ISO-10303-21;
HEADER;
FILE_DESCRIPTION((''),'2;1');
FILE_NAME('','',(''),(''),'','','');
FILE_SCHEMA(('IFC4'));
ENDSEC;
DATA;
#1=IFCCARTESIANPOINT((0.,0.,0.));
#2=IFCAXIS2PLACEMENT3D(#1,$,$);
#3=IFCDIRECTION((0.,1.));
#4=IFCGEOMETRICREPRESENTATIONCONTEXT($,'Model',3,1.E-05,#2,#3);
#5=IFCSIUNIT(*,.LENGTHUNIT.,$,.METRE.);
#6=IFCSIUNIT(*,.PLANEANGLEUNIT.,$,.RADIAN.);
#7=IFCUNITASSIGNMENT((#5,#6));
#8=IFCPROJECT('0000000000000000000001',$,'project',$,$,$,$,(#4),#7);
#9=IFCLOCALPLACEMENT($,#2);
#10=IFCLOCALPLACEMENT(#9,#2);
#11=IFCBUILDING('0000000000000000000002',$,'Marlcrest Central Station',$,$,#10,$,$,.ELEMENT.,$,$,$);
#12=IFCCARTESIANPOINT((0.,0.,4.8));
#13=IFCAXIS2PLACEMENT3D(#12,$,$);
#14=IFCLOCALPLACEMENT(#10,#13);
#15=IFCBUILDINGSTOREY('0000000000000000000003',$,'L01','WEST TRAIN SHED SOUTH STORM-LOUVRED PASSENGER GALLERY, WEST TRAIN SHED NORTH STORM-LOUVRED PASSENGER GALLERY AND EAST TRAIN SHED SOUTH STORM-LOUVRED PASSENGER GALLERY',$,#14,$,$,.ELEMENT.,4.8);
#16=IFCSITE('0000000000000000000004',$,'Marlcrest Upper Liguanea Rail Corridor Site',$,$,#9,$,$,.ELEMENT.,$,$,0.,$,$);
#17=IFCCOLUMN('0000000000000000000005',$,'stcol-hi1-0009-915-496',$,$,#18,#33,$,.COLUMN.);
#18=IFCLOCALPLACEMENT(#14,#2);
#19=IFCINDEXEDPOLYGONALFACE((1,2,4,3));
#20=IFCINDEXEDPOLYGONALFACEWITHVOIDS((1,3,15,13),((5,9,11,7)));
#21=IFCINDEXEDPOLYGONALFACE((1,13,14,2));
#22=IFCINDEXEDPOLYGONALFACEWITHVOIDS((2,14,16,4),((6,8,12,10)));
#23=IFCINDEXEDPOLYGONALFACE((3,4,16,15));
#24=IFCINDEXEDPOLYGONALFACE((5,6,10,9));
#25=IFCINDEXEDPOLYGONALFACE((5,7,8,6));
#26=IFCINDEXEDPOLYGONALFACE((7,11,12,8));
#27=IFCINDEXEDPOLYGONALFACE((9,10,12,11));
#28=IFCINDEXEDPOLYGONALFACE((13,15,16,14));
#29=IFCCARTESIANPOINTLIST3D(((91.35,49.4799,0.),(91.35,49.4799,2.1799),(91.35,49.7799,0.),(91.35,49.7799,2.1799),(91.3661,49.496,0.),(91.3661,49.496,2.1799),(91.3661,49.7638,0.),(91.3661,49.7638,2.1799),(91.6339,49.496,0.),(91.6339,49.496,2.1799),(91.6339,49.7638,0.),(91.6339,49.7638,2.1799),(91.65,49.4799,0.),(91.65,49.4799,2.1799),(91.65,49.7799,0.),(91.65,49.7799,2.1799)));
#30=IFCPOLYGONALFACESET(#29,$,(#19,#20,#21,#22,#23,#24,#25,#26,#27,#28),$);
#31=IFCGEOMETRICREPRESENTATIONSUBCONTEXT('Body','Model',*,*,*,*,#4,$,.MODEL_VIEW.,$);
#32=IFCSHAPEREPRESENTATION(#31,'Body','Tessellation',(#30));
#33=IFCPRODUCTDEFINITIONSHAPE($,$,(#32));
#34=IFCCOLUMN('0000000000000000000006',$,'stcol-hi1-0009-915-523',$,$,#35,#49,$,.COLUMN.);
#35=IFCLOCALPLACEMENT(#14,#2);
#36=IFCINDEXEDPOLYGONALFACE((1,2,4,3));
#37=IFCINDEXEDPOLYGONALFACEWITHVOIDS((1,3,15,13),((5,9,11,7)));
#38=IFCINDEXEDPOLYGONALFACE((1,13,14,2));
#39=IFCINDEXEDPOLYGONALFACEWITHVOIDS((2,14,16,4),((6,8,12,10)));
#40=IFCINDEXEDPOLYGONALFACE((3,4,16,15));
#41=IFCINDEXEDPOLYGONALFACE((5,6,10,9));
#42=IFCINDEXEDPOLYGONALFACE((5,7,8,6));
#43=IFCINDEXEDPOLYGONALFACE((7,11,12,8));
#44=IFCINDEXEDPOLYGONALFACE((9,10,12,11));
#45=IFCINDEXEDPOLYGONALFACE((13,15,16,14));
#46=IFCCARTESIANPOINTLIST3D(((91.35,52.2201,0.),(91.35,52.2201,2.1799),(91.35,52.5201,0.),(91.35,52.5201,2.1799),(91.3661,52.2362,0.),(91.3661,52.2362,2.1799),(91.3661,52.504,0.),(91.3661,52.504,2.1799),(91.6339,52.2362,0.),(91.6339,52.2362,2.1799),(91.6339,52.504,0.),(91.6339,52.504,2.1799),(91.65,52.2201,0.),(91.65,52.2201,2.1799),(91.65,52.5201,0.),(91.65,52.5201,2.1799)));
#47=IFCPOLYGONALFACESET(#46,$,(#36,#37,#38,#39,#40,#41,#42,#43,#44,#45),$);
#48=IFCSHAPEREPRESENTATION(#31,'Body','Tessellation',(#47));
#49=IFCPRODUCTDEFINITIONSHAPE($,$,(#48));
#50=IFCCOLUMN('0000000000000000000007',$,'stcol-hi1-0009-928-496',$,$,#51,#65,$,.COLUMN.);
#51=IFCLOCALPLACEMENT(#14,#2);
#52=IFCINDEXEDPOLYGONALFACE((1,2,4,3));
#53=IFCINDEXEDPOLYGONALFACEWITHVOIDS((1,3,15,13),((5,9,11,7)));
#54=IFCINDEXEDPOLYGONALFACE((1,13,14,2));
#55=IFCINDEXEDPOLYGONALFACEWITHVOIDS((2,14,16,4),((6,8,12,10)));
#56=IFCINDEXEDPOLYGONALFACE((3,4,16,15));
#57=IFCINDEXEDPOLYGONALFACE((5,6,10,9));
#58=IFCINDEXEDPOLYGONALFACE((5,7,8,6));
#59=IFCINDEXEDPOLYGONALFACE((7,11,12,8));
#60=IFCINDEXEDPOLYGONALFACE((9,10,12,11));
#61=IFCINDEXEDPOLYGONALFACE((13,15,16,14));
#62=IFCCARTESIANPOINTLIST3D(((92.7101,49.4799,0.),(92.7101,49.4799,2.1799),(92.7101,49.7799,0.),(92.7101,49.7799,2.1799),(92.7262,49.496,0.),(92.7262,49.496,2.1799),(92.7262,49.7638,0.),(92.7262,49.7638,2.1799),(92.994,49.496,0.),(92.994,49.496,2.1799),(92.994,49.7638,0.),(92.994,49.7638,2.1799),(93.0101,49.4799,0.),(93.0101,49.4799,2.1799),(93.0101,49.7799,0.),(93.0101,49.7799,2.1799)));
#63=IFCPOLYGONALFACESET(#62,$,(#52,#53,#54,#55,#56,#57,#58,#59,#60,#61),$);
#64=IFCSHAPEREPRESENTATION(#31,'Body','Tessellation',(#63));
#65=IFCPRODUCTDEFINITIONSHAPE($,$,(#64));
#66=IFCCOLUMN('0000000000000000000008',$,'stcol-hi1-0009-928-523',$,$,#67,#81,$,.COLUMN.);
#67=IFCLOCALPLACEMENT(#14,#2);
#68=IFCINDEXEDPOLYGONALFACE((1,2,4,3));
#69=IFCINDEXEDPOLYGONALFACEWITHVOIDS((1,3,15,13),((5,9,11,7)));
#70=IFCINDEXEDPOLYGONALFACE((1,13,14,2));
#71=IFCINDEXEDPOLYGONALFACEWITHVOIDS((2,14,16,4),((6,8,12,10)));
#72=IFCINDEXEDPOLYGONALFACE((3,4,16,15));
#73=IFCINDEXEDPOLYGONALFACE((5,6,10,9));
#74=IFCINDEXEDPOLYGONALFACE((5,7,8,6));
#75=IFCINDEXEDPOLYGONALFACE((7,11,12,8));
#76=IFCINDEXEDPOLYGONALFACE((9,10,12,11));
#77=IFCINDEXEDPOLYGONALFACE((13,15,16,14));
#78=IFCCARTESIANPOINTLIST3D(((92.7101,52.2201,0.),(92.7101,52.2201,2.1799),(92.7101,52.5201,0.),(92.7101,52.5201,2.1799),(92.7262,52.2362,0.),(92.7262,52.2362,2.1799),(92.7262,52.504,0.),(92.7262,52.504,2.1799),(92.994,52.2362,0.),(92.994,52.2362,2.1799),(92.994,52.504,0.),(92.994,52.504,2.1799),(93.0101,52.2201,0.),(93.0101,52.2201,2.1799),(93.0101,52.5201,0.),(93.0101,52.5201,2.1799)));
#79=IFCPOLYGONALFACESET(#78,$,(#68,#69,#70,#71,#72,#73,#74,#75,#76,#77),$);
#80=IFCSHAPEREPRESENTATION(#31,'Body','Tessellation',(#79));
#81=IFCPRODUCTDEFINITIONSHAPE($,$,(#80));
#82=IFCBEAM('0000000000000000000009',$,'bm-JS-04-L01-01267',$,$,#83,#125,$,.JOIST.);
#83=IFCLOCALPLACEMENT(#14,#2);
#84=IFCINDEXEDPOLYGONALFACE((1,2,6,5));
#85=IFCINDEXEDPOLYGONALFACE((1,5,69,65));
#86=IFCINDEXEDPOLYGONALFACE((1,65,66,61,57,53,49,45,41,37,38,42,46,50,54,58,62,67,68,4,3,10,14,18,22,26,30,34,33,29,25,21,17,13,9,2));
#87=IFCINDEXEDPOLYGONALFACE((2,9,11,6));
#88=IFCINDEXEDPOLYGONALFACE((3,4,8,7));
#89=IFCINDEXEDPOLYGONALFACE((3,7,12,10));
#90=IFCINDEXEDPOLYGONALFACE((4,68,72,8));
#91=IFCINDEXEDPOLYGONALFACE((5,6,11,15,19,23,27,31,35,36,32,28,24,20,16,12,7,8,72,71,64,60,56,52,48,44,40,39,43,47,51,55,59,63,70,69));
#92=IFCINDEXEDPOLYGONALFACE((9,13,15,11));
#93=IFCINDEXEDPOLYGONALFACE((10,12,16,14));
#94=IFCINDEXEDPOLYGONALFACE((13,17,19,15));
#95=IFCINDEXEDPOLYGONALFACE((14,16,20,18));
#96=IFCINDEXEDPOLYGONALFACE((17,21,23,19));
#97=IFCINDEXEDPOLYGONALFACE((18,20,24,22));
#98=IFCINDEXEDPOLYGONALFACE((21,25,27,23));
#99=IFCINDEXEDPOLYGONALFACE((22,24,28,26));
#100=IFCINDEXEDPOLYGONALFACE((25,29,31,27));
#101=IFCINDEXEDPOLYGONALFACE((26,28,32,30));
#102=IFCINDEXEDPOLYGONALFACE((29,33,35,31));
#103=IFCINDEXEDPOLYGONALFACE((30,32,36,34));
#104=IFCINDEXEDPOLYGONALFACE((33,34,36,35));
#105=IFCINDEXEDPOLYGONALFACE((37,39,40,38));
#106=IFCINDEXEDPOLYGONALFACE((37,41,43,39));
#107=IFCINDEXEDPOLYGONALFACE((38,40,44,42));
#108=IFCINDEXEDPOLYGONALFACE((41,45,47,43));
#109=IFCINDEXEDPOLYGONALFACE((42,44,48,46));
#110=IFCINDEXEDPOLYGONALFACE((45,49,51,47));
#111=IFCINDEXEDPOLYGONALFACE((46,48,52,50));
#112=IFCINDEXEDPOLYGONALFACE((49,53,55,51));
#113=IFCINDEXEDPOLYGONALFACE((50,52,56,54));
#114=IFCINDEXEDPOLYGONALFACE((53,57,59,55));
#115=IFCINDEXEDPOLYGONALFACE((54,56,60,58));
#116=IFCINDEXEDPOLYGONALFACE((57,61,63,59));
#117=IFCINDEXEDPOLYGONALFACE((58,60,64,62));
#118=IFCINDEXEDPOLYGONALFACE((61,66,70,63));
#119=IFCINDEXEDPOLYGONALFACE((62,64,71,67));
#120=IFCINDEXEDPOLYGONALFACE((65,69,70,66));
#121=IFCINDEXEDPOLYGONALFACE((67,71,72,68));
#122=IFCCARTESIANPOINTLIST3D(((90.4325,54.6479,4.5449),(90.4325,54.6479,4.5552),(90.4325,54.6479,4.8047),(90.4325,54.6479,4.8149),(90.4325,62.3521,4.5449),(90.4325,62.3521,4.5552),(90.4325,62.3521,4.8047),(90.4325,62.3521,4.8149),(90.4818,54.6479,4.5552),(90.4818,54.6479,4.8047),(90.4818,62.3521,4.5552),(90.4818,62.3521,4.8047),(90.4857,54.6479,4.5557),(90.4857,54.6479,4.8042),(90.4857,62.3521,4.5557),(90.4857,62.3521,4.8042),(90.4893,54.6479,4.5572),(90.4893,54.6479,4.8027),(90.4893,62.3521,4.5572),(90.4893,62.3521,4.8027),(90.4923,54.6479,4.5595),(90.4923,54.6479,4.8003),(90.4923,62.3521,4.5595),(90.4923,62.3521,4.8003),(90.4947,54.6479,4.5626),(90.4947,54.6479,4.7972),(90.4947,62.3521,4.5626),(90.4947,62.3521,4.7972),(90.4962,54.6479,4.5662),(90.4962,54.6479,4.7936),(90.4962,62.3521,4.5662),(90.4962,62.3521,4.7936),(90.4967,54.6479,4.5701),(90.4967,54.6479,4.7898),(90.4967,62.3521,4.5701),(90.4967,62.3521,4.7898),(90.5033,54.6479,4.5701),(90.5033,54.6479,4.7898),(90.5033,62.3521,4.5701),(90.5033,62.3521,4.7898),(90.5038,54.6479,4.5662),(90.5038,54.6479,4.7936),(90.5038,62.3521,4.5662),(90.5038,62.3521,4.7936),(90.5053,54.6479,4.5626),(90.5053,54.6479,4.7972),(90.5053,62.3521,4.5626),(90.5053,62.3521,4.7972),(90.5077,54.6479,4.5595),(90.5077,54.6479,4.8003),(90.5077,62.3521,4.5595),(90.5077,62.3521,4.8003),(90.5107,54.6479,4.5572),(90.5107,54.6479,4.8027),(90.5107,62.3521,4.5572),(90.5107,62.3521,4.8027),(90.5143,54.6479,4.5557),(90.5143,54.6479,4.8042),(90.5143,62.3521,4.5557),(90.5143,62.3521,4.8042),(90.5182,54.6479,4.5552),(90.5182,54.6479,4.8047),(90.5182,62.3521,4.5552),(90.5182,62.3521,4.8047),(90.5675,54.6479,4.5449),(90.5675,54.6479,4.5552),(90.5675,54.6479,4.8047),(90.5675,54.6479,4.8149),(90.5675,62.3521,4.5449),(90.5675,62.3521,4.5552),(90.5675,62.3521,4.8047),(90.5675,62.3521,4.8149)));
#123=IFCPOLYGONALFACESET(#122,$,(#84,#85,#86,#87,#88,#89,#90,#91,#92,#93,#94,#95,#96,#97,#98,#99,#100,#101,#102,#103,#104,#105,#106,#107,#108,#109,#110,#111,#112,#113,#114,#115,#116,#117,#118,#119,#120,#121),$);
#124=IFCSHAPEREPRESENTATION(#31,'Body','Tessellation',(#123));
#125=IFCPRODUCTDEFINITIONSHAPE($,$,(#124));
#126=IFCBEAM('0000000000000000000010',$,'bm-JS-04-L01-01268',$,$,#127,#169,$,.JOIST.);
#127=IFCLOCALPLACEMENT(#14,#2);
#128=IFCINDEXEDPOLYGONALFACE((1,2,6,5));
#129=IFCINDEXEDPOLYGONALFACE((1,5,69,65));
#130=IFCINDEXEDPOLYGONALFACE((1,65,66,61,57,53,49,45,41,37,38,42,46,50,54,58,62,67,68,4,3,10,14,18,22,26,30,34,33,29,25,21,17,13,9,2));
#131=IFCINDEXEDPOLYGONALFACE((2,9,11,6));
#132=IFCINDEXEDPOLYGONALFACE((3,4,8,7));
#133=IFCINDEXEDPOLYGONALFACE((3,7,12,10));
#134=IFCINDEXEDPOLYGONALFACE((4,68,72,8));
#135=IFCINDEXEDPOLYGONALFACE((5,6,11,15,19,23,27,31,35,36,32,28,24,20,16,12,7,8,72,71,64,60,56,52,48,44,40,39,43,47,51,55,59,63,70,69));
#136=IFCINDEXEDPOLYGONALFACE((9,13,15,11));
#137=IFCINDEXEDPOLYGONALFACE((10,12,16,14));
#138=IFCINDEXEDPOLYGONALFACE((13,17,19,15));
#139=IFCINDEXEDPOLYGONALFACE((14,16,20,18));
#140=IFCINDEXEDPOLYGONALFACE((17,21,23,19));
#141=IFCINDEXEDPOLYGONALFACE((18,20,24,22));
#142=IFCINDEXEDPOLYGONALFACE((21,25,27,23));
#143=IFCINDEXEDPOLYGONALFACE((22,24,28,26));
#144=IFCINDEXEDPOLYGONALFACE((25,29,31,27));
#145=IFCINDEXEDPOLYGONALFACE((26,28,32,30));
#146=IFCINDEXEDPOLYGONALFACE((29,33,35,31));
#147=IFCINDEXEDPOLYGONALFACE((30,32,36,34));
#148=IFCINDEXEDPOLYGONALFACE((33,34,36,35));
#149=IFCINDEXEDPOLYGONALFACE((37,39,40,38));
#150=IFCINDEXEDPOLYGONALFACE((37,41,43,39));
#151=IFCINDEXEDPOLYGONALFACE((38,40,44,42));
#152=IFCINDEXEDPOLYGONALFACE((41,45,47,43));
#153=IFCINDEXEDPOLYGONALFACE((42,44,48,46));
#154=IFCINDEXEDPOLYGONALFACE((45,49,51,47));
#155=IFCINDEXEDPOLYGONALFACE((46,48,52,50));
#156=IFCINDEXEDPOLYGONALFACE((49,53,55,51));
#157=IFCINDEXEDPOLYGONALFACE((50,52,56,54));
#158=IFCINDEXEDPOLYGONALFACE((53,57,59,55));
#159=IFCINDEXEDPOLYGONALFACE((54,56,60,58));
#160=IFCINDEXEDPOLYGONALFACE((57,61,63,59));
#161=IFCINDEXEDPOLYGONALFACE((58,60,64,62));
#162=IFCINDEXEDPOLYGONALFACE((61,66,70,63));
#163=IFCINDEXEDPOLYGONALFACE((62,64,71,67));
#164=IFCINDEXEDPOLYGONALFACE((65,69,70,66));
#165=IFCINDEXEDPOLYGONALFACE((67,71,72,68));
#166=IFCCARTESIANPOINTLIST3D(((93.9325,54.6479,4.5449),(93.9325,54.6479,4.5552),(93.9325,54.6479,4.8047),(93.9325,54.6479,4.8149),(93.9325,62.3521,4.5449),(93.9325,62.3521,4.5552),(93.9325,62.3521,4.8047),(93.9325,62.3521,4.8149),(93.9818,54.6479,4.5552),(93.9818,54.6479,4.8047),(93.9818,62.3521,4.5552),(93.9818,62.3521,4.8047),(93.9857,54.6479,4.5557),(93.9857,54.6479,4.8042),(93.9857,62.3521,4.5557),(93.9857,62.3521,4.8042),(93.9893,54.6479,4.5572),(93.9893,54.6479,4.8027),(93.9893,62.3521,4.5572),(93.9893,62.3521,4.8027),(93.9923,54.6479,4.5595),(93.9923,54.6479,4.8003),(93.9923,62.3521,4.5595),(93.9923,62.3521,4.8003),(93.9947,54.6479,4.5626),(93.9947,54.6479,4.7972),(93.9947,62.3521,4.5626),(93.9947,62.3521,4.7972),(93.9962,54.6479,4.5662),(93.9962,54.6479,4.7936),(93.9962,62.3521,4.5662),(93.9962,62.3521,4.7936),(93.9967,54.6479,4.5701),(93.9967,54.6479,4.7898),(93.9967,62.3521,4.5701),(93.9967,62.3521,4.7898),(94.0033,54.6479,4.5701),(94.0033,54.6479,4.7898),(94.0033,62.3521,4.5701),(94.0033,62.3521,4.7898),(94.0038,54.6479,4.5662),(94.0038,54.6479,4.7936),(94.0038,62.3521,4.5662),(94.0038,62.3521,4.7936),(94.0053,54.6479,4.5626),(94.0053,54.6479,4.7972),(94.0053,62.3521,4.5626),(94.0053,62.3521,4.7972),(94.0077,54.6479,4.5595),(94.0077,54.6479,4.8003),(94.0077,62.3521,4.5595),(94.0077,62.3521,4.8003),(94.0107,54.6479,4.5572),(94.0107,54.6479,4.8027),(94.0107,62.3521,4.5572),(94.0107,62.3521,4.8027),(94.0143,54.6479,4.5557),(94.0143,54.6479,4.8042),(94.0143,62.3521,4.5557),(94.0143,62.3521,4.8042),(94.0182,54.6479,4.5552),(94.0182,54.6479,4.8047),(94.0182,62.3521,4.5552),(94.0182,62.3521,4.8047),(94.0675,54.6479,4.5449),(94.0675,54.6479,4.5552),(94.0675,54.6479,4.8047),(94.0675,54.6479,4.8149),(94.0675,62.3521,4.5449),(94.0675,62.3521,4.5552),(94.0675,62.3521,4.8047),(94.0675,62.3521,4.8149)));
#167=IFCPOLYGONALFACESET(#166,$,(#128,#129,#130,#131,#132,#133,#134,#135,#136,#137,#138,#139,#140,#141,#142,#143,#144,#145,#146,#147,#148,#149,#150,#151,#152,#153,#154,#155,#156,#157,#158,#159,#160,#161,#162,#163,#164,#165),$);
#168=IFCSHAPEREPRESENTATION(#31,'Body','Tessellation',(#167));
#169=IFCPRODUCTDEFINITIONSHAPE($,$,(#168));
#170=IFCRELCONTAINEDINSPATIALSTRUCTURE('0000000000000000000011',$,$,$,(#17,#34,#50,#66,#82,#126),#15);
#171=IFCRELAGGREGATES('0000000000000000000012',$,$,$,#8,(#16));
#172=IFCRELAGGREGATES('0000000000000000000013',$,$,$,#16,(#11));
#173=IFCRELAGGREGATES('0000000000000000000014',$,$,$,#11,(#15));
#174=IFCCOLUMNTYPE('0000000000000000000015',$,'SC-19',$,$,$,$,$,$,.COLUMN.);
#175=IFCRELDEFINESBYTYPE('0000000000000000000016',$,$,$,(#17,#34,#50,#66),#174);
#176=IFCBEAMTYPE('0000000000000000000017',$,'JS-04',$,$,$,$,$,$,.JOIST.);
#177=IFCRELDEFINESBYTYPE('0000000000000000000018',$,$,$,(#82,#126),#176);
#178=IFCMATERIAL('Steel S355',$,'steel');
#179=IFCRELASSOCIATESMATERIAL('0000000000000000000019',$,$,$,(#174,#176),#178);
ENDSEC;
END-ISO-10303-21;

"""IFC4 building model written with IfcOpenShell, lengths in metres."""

from ifc_helpers import new_model, si_unit, direction, frame, origin, origin_2d, place, context, subcontext, project, spatial, hollow_rectangle, i_section, extrude, material, material_profile, profile_set, type_object, element, save


model = new_model("IFC4")

# Units and contexts
model_context = context("Model", 3, precision=1e-05, world=origin(), true_north=direction((0.0, 1.0)))
body_context = subcontext(model_context, "Body", "Model", "MODEL_VIEW")
ifc_project = project(units=[si_unit("LENGTHUNIT", "METRE"), si_unit("PLANEANGLEUNIT", "RADIAN")], contexts=[model_context])

# Site, building, storey
site_placement = place(None, origin())
site = spatial("IfcSite", under=ifc_project, at=site_placement, Name="Marlcrest Upper Liguanea Rail Corridor Site", CompositionType="ELEMENT", RefElevation=0.0)
building_placement = place(site_placement, origin())
building = spatial("IfcBuilding", under=site, at=building_placement, Name="Marlcrest Central Station", CompositionType="ELEMENT")
storey_placement = place(building_placement, frame((0.0, 0.0, 4.8)))
storey = spatial("IfcBuildingStorey", under=building, at=storey_placement, Name="L01", Description="WEST TRAIN SHED SOUTH STORM-LOUVRED PASSENGER GALLERY, WEST TRAIN SHED NORTH STORM-LOUVRED PASSENGER GALLERY AND EAST TRAIN SHED SOUTH STORM-LOUVRED PASSENGER GALLERY", CompositionType="ELEMENT", Elevation=4.8)

# Columns
ifc_material_1 = material(Name="Steel S355", Category="steel")
ifc_material_profile_1 = material_profile(ifc_material_1, hollow_rectangle(XDim=0.3, YDim=0.3, WallThickness=0.0161, at=origin_2d()), Name="SHS 300x300x16")
ifc_profile_set_1 = profile_set([ifc_material_profile_1], Name="Steel S355")
column_type = type_object("IfcColumnType", Name="SC-19", PredefinedType="COLUMN", material=ifc_profile_set_1)
for number, where, z_axis, x_axis, name in (
    (1, (91.5, 49.6299, 0.0), (0.0, 0.0, 1.0), (1.0, 0.0, 0.0), "stcol-hi1-0009-915-496"),
    (2, (91.5, 52.3701, 0.0), (0.0, 0.0, 1.0), (1.0, 0.0, 0.0), "stcol-hi1-0009-915-523"),
    (3, (92.8601, 49.6299, 0.0), (0.0, 0.0, 1.0), (1.0, 0.0, 0.0), "stcol-hi1-0009-928-496"),
    (4, (92.8601, 52.3701, 0.0), (0.0, 0.0, 1.0), (1.0, 0.0, 0.0), "stcol-hi1-0009-928-523"),
):
    element("IfcColumn", number, at=place(storey_placement, frame(where, z_axis=z_axis, x_axis=x_axis)), inside=storey, type_object=column_type, Name=name, PredefinedType="COLUMN", context=body_context, shape_type="SweptSolid", body=[
        extrude(hollow_rectangle(XDim=0.3, YDim=0.3, WallThickness=0.0161, at=origin_2d()), origin(), (0.0, 0.0, 1.0), 2.1799),
    ])

# Beams
ifc_material_profile_2 = material_profile(ifc_material_1, i_section(OverallWidth=0.135, OverallDepth=0.27, WebThickness=0.0066, FlangeThickness=0.0103, FilletRadius=0.0149, at=origin_2d()), Name="IPE 270")
ifc_profile_set_2 = profile_set([ifc_material_profile_2], Name="Steel S355")
beam_type = type_object("IfcBeamType", Name="JS-04", PredefinedType="JOIST", material=ifc_profile_set_2)
for number, where, z_axis, x_axis, name in (
    (5, (90.5, 54.6479, 4.6799), (0.0, 1.0, 0.0), (-1.0, 0.0, 0.0), "bm-JS-04-L01-01267"),
    (6, (94.0, 54.6479, 4.6799), (0.0, 1.0, 0.0), (-1.0, 0.0, 0.0), "bm-JS-04-L01-01268"),
):
    element("IfcBeam", number, at=place(storey_placement, frame(where, z_axis=z_axis, x_axis=x_axis)), inside=storey, type_object=beam_type, Name=name, PredefinedType="JOIST", context=body_context, shape_type="SweptSolid", body=[
        extrude(i_section(OverallWidth=0.135, OverallDepth=0.27, WebThickness=0.0066, FlangeThickness=0.0103, FilletRadius=0.0149, at=origin_2d()), origin(), (0.0, 0.0, 1.0), 7.7041),
    ])

save(model, "model.ifc")
